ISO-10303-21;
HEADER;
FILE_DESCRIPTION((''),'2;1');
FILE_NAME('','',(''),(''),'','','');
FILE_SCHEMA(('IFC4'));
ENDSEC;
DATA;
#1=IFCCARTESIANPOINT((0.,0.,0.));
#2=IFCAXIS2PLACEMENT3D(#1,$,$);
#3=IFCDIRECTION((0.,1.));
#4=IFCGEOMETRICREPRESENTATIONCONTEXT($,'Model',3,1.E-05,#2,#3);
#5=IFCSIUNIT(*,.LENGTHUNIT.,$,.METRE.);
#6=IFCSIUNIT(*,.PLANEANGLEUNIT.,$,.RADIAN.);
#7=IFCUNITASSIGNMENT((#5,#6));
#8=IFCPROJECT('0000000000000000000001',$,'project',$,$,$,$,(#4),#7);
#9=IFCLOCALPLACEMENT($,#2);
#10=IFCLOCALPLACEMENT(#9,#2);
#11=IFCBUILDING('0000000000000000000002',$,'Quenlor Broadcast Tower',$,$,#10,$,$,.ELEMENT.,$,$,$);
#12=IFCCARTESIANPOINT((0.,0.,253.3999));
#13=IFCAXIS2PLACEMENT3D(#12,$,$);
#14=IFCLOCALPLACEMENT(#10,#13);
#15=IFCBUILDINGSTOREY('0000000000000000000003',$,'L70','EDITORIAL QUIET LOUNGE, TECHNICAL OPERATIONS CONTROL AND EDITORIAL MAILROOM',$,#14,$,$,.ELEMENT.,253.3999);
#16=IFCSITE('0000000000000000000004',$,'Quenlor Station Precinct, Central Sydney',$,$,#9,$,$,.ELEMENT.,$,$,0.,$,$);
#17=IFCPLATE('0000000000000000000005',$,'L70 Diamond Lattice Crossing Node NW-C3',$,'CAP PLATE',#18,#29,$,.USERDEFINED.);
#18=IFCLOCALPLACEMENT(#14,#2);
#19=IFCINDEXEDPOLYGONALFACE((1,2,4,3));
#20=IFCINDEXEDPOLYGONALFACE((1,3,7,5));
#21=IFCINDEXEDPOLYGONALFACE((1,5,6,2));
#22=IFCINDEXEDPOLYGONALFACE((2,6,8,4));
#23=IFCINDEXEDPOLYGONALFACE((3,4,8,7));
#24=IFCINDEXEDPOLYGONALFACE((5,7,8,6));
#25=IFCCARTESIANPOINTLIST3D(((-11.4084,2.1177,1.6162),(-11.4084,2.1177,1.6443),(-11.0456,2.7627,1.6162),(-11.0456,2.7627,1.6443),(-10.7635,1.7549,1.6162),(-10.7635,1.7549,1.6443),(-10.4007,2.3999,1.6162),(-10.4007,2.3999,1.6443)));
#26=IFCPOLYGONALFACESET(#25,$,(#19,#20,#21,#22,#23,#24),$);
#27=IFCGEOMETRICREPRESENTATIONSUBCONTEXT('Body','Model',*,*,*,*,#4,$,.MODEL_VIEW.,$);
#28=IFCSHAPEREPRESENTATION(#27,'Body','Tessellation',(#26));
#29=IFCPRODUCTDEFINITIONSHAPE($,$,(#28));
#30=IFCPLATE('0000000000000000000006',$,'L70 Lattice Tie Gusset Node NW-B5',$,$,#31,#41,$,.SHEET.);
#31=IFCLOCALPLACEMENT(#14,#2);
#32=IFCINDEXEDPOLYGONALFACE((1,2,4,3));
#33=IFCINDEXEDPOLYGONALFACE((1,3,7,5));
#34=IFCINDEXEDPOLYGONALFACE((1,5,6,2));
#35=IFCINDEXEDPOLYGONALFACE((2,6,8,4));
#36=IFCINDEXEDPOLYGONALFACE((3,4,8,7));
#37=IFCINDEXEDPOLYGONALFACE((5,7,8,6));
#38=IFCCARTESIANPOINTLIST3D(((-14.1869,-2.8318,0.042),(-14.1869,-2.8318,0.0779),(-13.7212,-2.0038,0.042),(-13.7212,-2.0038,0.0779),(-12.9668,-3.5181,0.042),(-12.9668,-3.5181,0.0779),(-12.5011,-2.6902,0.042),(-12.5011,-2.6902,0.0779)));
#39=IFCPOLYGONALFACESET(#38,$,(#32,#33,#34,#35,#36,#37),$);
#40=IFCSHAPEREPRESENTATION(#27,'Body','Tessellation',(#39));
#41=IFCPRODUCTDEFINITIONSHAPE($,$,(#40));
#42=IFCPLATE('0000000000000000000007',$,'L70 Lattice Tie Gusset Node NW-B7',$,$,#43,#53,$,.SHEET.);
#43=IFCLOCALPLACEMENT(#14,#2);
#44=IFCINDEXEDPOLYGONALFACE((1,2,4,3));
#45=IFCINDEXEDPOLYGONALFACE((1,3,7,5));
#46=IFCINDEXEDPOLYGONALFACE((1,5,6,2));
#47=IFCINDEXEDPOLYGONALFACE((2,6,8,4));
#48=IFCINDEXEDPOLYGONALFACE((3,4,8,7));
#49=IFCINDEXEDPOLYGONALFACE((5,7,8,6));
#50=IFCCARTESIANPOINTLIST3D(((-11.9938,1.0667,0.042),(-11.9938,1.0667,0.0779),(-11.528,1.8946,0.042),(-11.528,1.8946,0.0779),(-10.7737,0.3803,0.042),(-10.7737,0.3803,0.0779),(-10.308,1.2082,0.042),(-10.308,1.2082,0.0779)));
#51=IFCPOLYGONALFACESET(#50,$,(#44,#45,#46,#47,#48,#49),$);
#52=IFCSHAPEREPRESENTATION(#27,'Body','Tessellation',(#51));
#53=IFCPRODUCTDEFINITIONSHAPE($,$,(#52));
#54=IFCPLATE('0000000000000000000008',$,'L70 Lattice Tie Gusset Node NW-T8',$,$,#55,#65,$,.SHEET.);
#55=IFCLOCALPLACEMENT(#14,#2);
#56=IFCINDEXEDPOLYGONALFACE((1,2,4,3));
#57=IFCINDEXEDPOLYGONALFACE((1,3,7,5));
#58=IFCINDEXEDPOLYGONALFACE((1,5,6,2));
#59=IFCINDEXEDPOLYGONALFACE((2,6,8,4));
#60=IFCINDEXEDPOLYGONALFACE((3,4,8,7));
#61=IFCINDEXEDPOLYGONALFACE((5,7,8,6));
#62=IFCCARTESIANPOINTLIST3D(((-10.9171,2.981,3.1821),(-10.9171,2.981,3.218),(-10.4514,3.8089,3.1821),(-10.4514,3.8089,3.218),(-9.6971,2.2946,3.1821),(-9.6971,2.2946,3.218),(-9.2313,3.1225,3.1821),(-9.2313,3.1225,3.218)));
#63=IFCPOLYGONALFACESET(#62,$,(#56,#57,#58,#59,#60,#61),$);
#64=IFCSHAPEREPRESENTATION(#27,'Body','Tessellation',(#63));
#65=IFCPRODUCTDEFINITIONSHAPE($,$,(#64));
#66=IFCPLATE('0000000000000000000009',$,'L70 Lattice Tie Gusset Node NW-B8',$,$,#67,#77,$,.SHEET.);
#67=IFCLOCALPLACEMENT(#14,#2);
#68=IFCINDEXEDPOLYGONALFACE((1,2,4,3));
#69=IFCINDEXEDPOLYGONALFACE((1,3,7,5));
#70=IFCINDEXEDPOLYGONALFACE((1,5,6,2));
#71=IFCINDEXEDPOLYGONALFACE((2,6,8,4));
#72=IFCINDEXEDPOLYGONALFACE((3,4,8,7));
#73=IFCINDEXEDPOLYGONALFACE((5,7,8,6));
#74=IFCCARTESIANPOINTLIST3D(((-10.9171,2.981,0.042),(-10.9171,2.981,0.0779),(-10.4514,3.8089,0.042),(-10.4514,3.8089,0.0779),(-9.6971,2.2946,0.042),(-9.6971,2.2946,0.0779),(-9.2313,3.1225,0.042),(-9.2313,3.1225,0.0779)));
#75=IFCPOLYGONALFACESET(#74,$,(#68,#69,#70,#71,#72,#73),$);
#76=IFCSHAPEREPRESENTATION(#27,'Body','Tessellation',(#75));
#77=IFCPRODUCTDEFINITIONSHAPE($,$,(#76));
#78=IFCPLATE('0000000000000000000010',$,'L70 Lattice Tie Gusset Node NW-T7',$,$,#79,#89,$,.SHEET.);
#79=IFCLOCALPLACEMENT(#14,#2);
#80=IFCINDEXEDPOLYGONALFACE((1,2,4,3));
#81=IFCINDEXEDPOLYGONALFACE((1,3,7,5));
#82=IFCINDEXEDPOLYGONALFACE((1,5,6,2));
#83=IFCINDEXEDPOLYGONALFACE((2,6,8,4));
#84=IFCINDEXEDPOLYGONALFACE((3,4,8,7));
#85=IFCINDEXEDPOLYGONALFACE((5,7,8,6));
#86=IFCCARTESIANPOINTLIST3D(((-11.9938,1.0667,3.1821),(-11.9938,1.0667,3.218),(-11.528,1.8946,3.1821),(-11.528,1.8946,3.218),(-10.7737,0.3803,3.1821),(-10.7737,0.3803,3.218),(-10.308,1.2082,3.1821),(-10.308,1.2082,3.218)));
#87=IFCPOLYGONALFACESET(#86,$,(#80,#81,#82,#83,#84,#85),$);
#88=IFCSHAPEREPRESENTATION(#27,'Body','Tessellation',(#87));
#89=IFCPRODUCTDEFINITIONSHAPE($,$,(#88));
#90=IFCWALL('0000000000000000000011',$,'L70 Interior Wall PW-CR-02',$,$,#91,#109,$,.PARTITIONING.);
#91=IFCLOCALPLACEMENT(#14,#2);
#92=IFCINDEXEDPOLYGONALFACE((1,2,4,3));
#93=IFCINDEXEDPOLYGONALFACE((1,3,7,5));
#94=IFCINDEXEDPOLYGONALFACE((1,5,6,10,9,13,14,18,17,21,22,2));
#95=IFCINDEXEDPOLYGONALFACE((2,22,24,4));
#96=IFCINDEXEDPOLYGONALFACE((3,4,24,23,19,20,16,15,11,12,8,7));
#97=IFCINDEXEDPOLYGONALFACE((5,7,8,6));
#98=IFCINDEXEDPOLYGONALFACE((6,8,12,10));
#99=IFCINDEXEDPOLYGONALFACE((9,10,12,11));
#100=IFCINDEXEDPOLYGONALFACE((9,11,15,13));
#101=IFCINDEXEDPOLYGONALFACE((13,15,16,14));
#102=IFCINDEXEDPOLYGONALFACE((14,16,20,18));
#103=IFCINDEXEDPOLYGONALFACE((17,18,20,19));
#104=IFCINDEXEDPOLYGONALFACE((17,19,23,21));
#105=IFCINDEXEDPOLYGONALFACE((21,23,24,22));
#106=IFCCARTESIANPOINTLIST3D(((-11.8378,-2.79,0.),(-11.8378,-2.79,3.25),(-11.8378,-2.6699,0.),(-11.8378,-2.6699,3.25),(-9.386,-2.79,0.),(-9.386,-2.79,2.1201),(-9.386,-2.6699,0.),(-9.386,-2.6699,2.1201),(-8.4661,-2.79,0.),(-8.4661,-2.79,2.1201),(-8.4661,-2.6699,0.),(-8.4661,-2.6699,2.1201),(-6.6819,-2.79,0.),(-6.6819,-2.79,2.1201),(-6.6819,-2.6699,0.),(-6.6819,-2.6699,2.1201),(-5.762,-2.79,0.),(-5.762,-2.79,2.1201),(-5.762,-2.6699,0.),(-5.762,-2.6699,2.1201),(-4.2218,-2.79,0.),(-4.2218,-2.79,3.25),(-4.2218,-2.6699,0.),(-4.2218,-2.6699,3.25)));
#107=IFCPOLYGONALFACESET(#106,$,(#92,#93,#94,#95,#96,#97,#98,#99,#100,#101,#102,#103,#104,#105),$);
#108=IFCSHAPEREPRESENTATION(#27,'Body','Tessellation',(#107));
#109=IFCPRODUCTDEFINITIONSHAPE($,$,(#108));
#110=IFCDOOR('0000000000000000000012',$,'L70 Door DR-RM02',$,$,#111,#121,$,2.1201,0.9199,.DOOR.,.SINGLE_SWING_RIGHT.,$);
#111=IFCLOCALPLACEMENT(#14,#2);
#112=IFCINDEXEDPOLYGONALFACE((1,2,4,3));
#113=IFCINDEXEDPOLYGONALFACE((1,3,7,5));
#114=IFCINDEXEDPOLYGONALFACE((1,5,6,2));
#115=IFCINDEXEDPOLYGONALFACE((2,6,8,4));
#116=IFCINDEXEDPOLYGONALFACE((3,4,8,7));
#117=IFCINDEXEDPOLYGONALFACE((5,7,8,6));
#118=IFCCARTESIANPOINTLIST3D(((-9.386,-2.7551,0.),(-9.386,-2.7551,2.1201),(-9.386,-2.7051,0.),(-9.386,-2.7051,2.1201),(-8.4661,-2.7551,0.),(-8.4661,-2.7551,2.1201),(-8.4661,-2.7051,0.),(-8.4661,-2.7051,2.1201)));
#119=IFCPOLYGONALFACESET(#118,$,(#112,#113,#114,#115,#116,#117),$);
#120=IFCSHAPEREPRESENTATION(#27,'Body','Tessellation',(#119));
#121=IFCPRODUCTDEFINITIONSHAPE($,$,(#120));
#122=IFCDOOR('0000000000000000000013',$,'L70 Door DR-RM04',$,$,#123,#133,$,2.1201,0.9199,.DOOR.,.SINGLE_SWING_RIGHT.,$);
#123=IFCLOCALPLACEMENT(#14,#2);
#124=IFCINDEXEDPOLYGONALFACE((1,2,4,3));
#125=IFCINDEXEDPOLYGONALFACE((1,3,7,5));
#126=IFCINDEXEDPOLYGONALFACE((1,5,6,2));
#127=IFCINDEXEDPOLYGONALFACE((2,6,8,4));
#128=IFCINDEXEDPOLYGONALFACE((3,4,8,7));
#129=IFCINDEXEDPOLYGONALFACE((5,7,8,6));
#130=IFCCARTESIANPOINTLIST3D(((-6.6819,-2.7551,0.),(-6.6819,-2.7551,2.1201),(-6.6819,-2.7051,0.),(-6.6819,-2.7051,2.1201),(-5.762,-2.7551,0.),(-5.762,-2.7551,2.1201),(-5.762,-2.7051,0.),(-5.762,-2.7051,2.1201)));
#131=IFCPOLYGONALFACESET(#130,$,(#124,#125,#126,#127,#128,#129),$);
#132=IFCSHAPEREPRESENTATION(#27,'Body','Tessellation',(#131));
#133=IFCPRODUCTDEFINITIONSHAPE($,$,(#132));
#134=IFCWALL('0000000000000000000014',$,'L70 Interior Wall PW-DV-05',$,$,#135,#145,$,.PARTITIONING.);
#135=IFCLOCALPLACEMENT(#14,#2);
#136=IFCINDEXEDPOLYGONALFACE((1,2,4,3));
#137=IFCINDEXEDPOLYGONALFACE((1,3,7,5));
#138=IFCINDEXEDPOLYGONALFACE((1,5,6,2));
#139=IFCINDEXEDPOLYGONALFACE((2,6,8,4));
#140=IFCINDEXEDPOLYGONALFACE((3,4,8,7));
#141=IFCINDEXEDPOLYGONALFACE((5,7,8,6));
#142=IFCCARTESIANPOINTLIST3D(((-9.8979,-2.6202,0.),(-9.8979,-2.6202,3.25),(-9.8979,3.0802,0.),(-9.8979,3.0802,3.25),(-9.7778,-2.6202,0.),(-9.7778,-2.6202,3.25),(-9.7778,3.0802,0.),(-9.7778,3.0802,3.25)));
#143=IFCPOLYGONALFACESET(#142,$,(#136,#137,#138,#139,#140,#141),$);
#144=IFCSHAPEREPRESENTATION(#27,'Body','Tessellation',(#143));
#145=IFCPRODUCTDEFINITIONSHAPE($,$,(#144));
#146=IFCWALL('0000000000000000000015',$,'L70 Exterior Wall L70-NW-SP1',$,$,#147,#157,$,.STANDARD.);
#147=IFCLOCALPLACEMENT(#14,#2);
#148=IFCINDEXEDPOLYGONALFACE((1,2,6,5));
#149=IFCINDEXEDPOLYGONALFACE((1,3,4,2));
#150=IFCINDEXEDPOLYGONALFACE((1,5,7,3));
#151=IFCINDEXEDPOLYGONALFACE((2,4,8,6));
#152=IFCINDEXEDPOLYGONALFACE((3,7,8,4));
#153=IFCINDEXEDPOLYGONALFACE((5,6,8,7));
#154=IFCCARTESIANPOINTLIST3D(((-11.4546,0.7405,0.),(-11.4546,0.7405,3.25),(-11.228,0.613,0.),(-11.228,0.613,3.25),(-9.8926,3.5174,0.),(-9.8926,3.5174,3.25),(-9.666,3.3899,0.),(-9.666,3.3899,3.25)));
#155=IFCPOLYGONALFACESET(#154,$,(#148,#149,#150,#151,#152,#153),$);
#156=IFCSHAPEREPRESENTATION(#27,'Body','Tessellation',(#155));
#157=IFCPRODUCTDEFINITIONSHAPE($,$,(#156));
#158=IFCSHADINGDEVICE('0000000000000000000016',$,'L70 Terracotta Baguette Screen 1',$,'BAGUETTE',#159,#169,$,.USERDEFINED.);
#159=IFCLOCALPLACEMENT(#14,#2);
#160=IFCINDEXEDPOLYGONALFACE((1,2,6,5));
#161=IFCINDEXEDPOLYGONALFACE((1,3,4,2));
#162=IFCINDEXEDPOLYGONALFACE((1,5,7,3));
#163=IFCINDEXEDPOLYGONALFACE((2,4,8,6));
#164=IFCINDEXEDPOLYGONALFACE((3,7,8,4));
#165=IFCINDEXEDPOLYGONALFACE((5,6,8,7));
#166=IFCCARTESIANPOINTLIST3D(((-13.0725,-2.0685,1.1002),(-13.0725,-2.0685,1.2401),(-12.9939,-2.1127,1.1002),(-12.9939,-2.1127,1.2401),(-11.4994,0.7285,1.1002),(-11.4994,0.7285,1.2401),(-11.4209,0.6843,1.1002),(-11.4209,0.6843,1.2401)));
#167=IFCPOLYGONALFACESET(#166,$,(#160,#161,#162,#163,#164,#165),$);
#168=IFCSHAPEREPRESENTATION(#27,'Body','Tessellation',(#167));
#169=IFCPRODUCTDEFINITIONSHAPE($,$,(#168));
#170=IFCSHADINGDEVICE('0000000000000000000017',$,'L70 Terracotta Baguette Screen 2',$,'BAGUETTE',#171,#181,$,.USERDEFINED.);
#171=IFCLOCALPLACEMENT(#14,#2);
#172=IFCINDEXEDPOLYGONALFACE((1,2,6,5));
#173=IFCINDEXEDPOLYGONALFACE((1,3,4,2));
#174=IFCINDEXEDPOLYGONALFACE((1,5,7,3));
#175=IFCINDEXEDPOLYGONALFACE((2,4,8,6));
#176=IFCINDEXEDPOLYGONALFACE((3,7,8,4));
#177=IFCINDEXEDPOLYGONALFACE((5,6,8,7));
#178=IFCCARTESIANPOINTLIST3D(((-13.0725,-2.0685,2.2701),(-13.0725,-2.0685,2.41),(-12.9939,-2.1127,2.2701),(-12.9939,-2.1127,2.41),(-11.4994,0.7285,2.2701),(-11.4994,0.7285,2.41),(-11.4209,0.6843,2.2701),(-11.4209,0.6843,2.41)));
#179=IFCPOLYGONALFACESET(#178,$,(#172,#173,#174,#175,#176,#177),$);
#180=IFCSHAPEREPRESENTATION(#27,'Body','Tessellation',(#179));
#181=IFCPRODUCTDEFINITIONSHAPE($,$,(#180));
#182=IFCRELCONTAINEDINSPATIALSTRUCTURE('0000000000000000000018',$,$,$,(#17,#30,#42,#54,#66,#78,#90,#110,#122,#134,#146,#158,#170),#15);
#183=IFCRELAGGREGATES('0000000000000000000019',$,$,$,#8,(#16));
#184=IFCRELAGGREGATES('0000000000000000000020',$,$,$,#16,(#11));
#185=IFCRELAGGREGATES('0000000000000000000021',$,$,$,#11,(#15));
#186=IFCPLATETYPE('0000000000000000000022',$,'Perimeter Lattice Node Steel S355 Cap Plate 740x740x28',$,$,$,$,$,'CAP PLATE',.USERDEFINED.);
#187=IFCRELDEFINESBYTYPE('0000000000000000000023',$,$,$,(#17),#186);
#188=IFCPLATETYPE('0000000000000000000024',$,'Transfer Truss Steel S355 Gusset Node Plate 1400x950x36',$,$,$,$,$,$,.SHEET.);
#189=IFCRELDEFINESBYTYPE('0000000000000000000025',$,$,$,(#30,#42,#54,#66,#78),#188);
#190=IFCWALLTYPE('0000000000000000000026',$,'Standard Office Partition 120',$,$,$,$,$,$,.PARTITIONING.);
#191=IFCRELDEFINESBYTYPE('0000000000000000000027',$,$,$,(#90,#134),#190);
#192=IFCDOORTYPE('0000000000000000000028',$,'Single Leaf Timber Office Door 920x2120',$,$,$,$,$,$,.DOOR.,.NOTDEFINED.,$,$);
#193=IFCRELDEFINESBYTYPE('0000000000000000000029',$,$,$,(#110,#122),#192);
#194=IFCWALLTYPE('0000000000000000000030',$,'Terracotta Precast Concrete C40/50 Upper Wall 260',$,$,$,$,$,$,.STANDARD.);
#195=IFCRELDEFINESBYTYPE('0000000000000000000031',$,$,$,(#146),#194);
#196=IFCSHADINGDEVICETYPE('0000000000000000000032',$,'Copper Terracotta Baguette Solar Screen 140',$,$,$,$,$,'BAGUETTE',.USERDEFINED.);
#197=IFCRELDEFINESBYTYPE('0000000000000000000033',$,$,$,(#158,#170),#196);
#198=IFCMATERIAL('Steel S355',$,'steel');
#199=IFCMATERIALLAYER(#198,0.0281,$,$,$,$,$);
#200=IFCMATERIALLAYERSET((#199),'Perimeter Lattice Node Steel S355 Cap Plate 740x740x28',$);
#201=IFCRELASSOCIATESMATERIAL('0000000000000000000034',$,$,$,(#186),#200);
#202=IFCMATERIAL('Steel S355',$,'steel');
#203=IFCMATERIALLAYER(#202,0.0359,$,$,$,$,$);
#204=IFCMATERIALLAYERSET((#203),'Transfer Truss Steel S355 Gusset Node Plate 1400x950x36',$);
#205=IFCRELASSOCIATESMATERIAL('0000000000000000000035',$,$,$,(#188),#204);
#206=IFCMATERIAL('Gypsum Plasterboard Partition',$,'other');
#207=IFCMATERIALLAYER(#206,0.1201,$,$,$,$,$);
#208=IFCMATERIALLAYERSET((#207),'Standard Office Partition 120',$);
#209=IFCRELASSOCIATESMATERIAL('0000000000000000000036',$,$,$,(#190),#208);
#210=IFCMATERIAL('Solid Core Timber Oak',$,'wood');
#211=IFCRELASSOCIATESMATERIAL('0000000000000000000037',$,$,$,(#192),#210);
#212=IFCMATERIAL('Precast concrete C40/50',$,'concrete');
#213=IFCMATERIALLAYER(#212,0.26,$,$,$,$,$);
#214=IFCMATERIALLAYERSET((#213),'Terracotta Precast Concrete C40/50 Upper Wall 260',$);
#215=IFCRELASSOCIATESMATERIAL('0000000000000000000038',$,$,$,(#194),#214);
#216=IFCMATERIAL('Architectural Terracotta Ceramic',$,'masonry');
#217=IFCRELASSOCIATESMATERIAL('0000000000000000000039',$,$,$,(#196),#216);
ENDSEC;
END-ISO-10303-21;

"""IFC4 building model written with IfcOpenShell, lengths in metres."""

from ifc_helpers import new_model, si_unit, direction, frame, frame_2d, origin, origin_2d, place, context, subcontext, project, spatial, rectangle, extrude, material, layer, layer_set, material_profile, profile_set, type_object, element, fill, save


model = new_model("IFC4")

# Units and contexts
model_context = context("Model", 3, precision=1e-05, world=origin(), true_north=direction((0.0, 1.0)))
body_context = subcontext(model_context, "Body", "Model", "MODEL_VIEW")
ifc_project = project(units=[si_unit("LENGTHUNIT", "METRE"), si_unit("PLANEANGLEUNIT", "RADIAN")], contexts=[model_context])

# Site, building, storey
site_placement = place(None, origin())
site = spatial("IfcSite", under=ifc_project, at=site_placement, Name="Quenlor Station Precinct, Central Sydney", CompositionType="ELEMENT", RefElevation=0.0)
building_placement = place(site_placement, origin())
building = spatial("IfcBuilding", under=site, at=building_placement, Name="Quenlor Broadcast Tower", CompositionType="ELEMENT")
storey_placement = place(building_placement, frame((0.0, 0.0, 253.3999)))
storey = spatial("IfcBuildingStorey", under=building, at=storey_placement, Name="L70", Description="EDITORIAL QUIET LOUNGE, TECHNICAL OPERATIONS CONTROL AND EDITORIAL MAILROOM", CompositionType="ELEMENT", Elevation=253.3999)

# Plates
ifc_material_1 = material(Name="Steel S355", Category="steel")
ifc_layer_1 = layer(ifc_material_1, 0.0281)
ifc_layer_set_1 = layer_set([ifc_layer_1], Name="Perimeter Lattice Node Steel S355 Cap Plate 740x740x28")
plate_type_1 = type_object("IfcPlateType", Name="Perimeter Lattice Node Steel S355 Cap Plate 740x740x28", ElementType="CAP PLATE", PredefinedType="USERDEFINED", material=ifc_layer_set_1)
plate_1_placement = place(storey_placement, frame((-10.9045, 2.2588, 1.6162), z_axis=(0.0, 0.0, 1.0), x_axis=(0.490295, 0.871556, 0.0)))
element("IfcPlate", 1, at=plate_1_placement, inside=storey, type_object=plate_type_1, Name="L70 Diamond Lattice Crossing Node NW-C3", ObjectType="CAP PLATE", PredefinedType="USERDEFINED", context=body_context, shape_type="SweptSolid", body=[
    extrude(rectangle(XDim=0.74, YDim=0.74, at=origin_2d()), origin(), (0.0, 0.0, 1.0), 0.0281),
])
ifc_material_2 = material(Name="Steel S355", Category="steel")
ifc_layer_2 = layer(ifc_material_2, 0.0359)
ifc_layer_set_2 = layer_set([ifc_layer_2], Name="Transfer Truss Steel S355 Gusset Node Plate 1400x950x36")
plate_type_2 = type_object("IfcPlateType", Name="Transfer Truss Steel S355 Gusset Node Plate 1400x950x36", PredefinedType="SHEET", material=ifc_layer_set_2)
for number, where, z_axis, x_axis, name in (
    (2, (-13.344, -2.761, 0.042), (0.0, 0.0, 1.0), (-0.871556, 0.490295, 0.0), "L70 Lattice Tie Gusset Node NW-B5"),
    (3, (-11.1509, 1.1375, 0.042), (0.0, 0.0, 1.0), (-0.871556, 0.490295, 0.0), "L70 Lattice Tie Gusset Node NW-B7"),
    (4, (-10.0742, 3.0518, 3.1821), (0.0, 0.0, 1.0), (-0.871556, 0.490295, 0.0), "L70 Lattice Tie Gusset Node NW-T8"),
    (5, (-10.0742, 3.0518, 0.042), (0.0, 0.0, 1.0), (-0.871556, 0.490295, 0.0), "L70 Lattice Tie Gusset Node NW-B8"),
    (6, (-11.1509, 1.1375, 3.1821), (0.0, 0.0, 1.0), (-0.871556, 0.490295, 0.0), "L70 Lattice Tie Gusset Node NW-T7"),
):
    element("IfcPlate", number, at=place(storey_placement, frame(where, z_axis=z_axis, x_axis=x_axis)), inside=storey, type_object=plate_type_2, Name=name, PredefinedType="SHEET", context=body_context, shape_type="SweptSolid", body=[
        extrude(rectangle(XDim=1.3999, YDim=0.95, at=origin_2d()), origin(), (0.0, 0.0, 1.0), 0.0359),
    ])

# Wall, openings, doors
ifc_material_3 = material(Name="Gypsum Plasterboard Partition", Category="other")
ifc_layer_3 = layer(ifc_material_3, 0.1201)
ifc_layer_set_3 = layer_set([ifc_layer_3], Name="Standard Office Partition 120")
wall_type_1 = type_object("IfcWallType", Name="Standard Office Partition 120", PredefinedType="PARTITIONING", material=ifc_layer_set_3)
wall_1_placement = place(storey_placement, frame((-11.8379, -2.73, 0.0), z_axis=(0.0, 0.0, 1.0), x_axis=(1.0, 0.0, 0.0)))
wall_1 = element("IfcWall", 7, at=wall_1_placement, inside=storey, type_object=wall_type_1, Name="L70 Interior Wall PW-CR-02", PredefinedType="PARTITIONING", context=body_context, shape_type="SweptSolid", body=[
    extrude(rectangle(XDim=7.616, YDim=0.1201, at=frame_2d((3.8081, 0.0))), origin(), (0.0, 0.0, 1.0), 3.25),
])
opening_1_placement = place(wall_1_placement, frame((2.4519, 0.0, 0.0)))
opening_1 = element("IfcOpeningElement", 8, at=opening_1_placement, cuts=wall_1, PredefinedType="OPENING", context=body_context, shape_type="SweptSolid", body=[
    extrude(rectangle(XDim=0.9199, YDim=2.1201, at=frame_2d((0.46, 1.0601))), frame((0.0, 0.0701, 0.0), z_axis=(0.0, -1.0, 0.0), x_axis=(1.0, 0.0, 0.0)), (0.0, 0.0, 1.0), 0.1401),
])
opening_2_placement = place(wall_1_placement, frame((5.156, 0.0, 0.0)))
opening_2 = element("IfcOpeningElement", 9, at=opening_2_placement, cuts=wall_1, PredefinedType="OPENING", context=body_context, shape_type="SweptSolid", body=[
    extrude(rectangle(XDim=0.9199, YDim=2.1201, at=frame_2d((0.46, 1.0601))), frame((0.0, 0.0701, 0.0), z_axis=(0.0, -1.0, 0.0), x_axis=(1.0, 0.0, 0.0)), (0.0, 0.0, 1.0), 0.1401),
])
ifc_material_4 = material(Name="Solid Core Timber Oak", Category="wood")
door_type = type_object("IfcDoorType", Name="Single Leaf Timber Office Door 920x2120", OperationType="NOTDEFINED", PredefinedType="DOOR", material=ifc_material_4)
door_1_placement = place(opening_1_placement, origin())
door_1 = element("IfcDoor", 10, at=door_1_placement, inside=storey, type_object=door_type, Name="L70 Door DR-RM02", OperationType="SINGLE_SWING_RIGHT", OverallHeight=2.1201, OverallWidth=0.9199, PredefinedType="DOOR", context=body_context, shape_type="SweptSolid", body=[
    extrude(rectangle(XDim=0.9199, YDim=2.1201, at=frame_2d((0.46, 1.0601))), frame((0.0, 0.0249, 0.0), z_axis=(0.0, -1.0, 0.0), x_axis=(1.0, 0.0, 0.0)), (0.0, 0.0, 1.0), 0.05),
])
fill(opening_1, door_1)
door_2_placement = place(opening_2_placement, origin())
door_2 = element("IfcDoor", 11, at=door_2_placement, inside=storey, type_object=door_type, Name="L70 Door DR-RM04", OperationType="SINGLE_SWING_RIGHT", OverallHeight=2.1201, OverallWidth=0.9199, PredefinedType="DOOR", context=body_context, shape_type="SweptSolid", body=[
    extrude(rectangle(XDim=0.9199, YDim=2.1201, at=frame_2d((0.46, 1.0601))), frame((0.0, 0.0249, 0.0), z_axis=(0.0, -1.0, 0.0), x_axis=(1.0, 0.0, 0.0)), (0.0, 0.0, 1.0), 0.05),
])
fill(opening_2, door_2)

# Walls
wall_2_placement = place(storey_placement, frame((-9.8379, -2.6201, 0.0), z_axis=(0.0, 0.0, 1.0), x_axis=(0.0, 1.0, 0.0)))
element("IfcWall", 12, at=wall_2_placement, inside=storey, type_object=wall_type_1, Name="L70 Interior Wall PW-DV-05", PredefinedType="PARTITIONING", context=body_context, shape_type="SweptSolid", body=[
    extrude(rectangle(XDim=5.7004, YDim=0.1201, at=frame_2d((2.8501, 0.0))), origin(), (0.0, 0.0, 1.0), 3.25),
])
ifc_material_5 = material(Name="Precast concrete C40/50", Category="concrete")
ifc_layer_4 = layer(ifc_material_5, 0.26)
ifc_layer_set_4 = layer_set([ifc_layer_4], Name="Terracotta Precast Concrete C40/50 Upper Wall 260")
wall_type_2 = type_object("IfcWallType", Name="Terracotta Precast Concrete C40/50 Upper Wall 260", PredefinedType="STANDARD", material=ifc_layer_set_4)
wall_3_placement = place(storey_placement, frame((-11.3413, 0.6768, 0.0), z_axis=(0.0, 0.0, 1.0), x_axis=(0.490269, 0.871571, 0.0)))
element("IfcWall", 13, at=wall_3_placement, inside=storey, type_object=wall_type_2, Name="L70 Exterior Wall L70-NW-SP1", PredefinedType="STANDARD", context=body_context, shape_type="SweptSolid", body=[
    extrude(rectangle(XDim=3.186, YDim=0.26, at=frame_2d((1.593, 0.0))), origin(), (0.0, 0.0, 1.0), 3.25),
])

# Shading devices
ifc_material_6 = material(Name="Architectural Terracotta Ceramic", Category="masonry")
ifc_material_profile_1 = material_profile(ifc_material_6, rectangle(XDim=0.0901, YDim=0.1399, at=origin_2d()))
ifc_profile_set_1 = profile_set([ifc_material_profile_1], Name="Architectural Terracotta Ceramic BAG90x140")
shading_device_type = type_object("IfcShadingDeviceType", Name="Copper Terracotta Baguette Solar Screen 140", ElementType="BAGUETTE", PredefinedType="USERDEFINED", material=ifc_profile_set_1)
for number, where, z_axis, x_axis, name in (
    (14, (-13.0332, -2.0906, 1.1702), (0.490203, 0.871608, 0.0), (-0.871608, 0.490203, 0.0), "L70 Terracotta Baguette Screen 1"),
    (15, (-13.0332, -2.0906, 2.3401), (0.490203, 0.871608, 0.0), (-0.871608, 0.490203, 0.0), "L70 Terracotta Baguette Screen 2"),
):
    element("IfcShadingDevice", number, at=place(storey_placement, frame(where, z_axis=z_axis, x_axis=x_axis)), inside=storey, type_object=shading_device_type, Name=name, ObjectType="BAGUETTE", PredefinedType="USERDEFINED", context=body_context, shape_type="SweptSolid", body=[
        extrude(rectangle(XDim=0.0901, YDim=0.1399, at=origin_2d()), origin(), (0.0, 0.0, 1.0), 3.209),
    ])

save(model, "model.ifc")
